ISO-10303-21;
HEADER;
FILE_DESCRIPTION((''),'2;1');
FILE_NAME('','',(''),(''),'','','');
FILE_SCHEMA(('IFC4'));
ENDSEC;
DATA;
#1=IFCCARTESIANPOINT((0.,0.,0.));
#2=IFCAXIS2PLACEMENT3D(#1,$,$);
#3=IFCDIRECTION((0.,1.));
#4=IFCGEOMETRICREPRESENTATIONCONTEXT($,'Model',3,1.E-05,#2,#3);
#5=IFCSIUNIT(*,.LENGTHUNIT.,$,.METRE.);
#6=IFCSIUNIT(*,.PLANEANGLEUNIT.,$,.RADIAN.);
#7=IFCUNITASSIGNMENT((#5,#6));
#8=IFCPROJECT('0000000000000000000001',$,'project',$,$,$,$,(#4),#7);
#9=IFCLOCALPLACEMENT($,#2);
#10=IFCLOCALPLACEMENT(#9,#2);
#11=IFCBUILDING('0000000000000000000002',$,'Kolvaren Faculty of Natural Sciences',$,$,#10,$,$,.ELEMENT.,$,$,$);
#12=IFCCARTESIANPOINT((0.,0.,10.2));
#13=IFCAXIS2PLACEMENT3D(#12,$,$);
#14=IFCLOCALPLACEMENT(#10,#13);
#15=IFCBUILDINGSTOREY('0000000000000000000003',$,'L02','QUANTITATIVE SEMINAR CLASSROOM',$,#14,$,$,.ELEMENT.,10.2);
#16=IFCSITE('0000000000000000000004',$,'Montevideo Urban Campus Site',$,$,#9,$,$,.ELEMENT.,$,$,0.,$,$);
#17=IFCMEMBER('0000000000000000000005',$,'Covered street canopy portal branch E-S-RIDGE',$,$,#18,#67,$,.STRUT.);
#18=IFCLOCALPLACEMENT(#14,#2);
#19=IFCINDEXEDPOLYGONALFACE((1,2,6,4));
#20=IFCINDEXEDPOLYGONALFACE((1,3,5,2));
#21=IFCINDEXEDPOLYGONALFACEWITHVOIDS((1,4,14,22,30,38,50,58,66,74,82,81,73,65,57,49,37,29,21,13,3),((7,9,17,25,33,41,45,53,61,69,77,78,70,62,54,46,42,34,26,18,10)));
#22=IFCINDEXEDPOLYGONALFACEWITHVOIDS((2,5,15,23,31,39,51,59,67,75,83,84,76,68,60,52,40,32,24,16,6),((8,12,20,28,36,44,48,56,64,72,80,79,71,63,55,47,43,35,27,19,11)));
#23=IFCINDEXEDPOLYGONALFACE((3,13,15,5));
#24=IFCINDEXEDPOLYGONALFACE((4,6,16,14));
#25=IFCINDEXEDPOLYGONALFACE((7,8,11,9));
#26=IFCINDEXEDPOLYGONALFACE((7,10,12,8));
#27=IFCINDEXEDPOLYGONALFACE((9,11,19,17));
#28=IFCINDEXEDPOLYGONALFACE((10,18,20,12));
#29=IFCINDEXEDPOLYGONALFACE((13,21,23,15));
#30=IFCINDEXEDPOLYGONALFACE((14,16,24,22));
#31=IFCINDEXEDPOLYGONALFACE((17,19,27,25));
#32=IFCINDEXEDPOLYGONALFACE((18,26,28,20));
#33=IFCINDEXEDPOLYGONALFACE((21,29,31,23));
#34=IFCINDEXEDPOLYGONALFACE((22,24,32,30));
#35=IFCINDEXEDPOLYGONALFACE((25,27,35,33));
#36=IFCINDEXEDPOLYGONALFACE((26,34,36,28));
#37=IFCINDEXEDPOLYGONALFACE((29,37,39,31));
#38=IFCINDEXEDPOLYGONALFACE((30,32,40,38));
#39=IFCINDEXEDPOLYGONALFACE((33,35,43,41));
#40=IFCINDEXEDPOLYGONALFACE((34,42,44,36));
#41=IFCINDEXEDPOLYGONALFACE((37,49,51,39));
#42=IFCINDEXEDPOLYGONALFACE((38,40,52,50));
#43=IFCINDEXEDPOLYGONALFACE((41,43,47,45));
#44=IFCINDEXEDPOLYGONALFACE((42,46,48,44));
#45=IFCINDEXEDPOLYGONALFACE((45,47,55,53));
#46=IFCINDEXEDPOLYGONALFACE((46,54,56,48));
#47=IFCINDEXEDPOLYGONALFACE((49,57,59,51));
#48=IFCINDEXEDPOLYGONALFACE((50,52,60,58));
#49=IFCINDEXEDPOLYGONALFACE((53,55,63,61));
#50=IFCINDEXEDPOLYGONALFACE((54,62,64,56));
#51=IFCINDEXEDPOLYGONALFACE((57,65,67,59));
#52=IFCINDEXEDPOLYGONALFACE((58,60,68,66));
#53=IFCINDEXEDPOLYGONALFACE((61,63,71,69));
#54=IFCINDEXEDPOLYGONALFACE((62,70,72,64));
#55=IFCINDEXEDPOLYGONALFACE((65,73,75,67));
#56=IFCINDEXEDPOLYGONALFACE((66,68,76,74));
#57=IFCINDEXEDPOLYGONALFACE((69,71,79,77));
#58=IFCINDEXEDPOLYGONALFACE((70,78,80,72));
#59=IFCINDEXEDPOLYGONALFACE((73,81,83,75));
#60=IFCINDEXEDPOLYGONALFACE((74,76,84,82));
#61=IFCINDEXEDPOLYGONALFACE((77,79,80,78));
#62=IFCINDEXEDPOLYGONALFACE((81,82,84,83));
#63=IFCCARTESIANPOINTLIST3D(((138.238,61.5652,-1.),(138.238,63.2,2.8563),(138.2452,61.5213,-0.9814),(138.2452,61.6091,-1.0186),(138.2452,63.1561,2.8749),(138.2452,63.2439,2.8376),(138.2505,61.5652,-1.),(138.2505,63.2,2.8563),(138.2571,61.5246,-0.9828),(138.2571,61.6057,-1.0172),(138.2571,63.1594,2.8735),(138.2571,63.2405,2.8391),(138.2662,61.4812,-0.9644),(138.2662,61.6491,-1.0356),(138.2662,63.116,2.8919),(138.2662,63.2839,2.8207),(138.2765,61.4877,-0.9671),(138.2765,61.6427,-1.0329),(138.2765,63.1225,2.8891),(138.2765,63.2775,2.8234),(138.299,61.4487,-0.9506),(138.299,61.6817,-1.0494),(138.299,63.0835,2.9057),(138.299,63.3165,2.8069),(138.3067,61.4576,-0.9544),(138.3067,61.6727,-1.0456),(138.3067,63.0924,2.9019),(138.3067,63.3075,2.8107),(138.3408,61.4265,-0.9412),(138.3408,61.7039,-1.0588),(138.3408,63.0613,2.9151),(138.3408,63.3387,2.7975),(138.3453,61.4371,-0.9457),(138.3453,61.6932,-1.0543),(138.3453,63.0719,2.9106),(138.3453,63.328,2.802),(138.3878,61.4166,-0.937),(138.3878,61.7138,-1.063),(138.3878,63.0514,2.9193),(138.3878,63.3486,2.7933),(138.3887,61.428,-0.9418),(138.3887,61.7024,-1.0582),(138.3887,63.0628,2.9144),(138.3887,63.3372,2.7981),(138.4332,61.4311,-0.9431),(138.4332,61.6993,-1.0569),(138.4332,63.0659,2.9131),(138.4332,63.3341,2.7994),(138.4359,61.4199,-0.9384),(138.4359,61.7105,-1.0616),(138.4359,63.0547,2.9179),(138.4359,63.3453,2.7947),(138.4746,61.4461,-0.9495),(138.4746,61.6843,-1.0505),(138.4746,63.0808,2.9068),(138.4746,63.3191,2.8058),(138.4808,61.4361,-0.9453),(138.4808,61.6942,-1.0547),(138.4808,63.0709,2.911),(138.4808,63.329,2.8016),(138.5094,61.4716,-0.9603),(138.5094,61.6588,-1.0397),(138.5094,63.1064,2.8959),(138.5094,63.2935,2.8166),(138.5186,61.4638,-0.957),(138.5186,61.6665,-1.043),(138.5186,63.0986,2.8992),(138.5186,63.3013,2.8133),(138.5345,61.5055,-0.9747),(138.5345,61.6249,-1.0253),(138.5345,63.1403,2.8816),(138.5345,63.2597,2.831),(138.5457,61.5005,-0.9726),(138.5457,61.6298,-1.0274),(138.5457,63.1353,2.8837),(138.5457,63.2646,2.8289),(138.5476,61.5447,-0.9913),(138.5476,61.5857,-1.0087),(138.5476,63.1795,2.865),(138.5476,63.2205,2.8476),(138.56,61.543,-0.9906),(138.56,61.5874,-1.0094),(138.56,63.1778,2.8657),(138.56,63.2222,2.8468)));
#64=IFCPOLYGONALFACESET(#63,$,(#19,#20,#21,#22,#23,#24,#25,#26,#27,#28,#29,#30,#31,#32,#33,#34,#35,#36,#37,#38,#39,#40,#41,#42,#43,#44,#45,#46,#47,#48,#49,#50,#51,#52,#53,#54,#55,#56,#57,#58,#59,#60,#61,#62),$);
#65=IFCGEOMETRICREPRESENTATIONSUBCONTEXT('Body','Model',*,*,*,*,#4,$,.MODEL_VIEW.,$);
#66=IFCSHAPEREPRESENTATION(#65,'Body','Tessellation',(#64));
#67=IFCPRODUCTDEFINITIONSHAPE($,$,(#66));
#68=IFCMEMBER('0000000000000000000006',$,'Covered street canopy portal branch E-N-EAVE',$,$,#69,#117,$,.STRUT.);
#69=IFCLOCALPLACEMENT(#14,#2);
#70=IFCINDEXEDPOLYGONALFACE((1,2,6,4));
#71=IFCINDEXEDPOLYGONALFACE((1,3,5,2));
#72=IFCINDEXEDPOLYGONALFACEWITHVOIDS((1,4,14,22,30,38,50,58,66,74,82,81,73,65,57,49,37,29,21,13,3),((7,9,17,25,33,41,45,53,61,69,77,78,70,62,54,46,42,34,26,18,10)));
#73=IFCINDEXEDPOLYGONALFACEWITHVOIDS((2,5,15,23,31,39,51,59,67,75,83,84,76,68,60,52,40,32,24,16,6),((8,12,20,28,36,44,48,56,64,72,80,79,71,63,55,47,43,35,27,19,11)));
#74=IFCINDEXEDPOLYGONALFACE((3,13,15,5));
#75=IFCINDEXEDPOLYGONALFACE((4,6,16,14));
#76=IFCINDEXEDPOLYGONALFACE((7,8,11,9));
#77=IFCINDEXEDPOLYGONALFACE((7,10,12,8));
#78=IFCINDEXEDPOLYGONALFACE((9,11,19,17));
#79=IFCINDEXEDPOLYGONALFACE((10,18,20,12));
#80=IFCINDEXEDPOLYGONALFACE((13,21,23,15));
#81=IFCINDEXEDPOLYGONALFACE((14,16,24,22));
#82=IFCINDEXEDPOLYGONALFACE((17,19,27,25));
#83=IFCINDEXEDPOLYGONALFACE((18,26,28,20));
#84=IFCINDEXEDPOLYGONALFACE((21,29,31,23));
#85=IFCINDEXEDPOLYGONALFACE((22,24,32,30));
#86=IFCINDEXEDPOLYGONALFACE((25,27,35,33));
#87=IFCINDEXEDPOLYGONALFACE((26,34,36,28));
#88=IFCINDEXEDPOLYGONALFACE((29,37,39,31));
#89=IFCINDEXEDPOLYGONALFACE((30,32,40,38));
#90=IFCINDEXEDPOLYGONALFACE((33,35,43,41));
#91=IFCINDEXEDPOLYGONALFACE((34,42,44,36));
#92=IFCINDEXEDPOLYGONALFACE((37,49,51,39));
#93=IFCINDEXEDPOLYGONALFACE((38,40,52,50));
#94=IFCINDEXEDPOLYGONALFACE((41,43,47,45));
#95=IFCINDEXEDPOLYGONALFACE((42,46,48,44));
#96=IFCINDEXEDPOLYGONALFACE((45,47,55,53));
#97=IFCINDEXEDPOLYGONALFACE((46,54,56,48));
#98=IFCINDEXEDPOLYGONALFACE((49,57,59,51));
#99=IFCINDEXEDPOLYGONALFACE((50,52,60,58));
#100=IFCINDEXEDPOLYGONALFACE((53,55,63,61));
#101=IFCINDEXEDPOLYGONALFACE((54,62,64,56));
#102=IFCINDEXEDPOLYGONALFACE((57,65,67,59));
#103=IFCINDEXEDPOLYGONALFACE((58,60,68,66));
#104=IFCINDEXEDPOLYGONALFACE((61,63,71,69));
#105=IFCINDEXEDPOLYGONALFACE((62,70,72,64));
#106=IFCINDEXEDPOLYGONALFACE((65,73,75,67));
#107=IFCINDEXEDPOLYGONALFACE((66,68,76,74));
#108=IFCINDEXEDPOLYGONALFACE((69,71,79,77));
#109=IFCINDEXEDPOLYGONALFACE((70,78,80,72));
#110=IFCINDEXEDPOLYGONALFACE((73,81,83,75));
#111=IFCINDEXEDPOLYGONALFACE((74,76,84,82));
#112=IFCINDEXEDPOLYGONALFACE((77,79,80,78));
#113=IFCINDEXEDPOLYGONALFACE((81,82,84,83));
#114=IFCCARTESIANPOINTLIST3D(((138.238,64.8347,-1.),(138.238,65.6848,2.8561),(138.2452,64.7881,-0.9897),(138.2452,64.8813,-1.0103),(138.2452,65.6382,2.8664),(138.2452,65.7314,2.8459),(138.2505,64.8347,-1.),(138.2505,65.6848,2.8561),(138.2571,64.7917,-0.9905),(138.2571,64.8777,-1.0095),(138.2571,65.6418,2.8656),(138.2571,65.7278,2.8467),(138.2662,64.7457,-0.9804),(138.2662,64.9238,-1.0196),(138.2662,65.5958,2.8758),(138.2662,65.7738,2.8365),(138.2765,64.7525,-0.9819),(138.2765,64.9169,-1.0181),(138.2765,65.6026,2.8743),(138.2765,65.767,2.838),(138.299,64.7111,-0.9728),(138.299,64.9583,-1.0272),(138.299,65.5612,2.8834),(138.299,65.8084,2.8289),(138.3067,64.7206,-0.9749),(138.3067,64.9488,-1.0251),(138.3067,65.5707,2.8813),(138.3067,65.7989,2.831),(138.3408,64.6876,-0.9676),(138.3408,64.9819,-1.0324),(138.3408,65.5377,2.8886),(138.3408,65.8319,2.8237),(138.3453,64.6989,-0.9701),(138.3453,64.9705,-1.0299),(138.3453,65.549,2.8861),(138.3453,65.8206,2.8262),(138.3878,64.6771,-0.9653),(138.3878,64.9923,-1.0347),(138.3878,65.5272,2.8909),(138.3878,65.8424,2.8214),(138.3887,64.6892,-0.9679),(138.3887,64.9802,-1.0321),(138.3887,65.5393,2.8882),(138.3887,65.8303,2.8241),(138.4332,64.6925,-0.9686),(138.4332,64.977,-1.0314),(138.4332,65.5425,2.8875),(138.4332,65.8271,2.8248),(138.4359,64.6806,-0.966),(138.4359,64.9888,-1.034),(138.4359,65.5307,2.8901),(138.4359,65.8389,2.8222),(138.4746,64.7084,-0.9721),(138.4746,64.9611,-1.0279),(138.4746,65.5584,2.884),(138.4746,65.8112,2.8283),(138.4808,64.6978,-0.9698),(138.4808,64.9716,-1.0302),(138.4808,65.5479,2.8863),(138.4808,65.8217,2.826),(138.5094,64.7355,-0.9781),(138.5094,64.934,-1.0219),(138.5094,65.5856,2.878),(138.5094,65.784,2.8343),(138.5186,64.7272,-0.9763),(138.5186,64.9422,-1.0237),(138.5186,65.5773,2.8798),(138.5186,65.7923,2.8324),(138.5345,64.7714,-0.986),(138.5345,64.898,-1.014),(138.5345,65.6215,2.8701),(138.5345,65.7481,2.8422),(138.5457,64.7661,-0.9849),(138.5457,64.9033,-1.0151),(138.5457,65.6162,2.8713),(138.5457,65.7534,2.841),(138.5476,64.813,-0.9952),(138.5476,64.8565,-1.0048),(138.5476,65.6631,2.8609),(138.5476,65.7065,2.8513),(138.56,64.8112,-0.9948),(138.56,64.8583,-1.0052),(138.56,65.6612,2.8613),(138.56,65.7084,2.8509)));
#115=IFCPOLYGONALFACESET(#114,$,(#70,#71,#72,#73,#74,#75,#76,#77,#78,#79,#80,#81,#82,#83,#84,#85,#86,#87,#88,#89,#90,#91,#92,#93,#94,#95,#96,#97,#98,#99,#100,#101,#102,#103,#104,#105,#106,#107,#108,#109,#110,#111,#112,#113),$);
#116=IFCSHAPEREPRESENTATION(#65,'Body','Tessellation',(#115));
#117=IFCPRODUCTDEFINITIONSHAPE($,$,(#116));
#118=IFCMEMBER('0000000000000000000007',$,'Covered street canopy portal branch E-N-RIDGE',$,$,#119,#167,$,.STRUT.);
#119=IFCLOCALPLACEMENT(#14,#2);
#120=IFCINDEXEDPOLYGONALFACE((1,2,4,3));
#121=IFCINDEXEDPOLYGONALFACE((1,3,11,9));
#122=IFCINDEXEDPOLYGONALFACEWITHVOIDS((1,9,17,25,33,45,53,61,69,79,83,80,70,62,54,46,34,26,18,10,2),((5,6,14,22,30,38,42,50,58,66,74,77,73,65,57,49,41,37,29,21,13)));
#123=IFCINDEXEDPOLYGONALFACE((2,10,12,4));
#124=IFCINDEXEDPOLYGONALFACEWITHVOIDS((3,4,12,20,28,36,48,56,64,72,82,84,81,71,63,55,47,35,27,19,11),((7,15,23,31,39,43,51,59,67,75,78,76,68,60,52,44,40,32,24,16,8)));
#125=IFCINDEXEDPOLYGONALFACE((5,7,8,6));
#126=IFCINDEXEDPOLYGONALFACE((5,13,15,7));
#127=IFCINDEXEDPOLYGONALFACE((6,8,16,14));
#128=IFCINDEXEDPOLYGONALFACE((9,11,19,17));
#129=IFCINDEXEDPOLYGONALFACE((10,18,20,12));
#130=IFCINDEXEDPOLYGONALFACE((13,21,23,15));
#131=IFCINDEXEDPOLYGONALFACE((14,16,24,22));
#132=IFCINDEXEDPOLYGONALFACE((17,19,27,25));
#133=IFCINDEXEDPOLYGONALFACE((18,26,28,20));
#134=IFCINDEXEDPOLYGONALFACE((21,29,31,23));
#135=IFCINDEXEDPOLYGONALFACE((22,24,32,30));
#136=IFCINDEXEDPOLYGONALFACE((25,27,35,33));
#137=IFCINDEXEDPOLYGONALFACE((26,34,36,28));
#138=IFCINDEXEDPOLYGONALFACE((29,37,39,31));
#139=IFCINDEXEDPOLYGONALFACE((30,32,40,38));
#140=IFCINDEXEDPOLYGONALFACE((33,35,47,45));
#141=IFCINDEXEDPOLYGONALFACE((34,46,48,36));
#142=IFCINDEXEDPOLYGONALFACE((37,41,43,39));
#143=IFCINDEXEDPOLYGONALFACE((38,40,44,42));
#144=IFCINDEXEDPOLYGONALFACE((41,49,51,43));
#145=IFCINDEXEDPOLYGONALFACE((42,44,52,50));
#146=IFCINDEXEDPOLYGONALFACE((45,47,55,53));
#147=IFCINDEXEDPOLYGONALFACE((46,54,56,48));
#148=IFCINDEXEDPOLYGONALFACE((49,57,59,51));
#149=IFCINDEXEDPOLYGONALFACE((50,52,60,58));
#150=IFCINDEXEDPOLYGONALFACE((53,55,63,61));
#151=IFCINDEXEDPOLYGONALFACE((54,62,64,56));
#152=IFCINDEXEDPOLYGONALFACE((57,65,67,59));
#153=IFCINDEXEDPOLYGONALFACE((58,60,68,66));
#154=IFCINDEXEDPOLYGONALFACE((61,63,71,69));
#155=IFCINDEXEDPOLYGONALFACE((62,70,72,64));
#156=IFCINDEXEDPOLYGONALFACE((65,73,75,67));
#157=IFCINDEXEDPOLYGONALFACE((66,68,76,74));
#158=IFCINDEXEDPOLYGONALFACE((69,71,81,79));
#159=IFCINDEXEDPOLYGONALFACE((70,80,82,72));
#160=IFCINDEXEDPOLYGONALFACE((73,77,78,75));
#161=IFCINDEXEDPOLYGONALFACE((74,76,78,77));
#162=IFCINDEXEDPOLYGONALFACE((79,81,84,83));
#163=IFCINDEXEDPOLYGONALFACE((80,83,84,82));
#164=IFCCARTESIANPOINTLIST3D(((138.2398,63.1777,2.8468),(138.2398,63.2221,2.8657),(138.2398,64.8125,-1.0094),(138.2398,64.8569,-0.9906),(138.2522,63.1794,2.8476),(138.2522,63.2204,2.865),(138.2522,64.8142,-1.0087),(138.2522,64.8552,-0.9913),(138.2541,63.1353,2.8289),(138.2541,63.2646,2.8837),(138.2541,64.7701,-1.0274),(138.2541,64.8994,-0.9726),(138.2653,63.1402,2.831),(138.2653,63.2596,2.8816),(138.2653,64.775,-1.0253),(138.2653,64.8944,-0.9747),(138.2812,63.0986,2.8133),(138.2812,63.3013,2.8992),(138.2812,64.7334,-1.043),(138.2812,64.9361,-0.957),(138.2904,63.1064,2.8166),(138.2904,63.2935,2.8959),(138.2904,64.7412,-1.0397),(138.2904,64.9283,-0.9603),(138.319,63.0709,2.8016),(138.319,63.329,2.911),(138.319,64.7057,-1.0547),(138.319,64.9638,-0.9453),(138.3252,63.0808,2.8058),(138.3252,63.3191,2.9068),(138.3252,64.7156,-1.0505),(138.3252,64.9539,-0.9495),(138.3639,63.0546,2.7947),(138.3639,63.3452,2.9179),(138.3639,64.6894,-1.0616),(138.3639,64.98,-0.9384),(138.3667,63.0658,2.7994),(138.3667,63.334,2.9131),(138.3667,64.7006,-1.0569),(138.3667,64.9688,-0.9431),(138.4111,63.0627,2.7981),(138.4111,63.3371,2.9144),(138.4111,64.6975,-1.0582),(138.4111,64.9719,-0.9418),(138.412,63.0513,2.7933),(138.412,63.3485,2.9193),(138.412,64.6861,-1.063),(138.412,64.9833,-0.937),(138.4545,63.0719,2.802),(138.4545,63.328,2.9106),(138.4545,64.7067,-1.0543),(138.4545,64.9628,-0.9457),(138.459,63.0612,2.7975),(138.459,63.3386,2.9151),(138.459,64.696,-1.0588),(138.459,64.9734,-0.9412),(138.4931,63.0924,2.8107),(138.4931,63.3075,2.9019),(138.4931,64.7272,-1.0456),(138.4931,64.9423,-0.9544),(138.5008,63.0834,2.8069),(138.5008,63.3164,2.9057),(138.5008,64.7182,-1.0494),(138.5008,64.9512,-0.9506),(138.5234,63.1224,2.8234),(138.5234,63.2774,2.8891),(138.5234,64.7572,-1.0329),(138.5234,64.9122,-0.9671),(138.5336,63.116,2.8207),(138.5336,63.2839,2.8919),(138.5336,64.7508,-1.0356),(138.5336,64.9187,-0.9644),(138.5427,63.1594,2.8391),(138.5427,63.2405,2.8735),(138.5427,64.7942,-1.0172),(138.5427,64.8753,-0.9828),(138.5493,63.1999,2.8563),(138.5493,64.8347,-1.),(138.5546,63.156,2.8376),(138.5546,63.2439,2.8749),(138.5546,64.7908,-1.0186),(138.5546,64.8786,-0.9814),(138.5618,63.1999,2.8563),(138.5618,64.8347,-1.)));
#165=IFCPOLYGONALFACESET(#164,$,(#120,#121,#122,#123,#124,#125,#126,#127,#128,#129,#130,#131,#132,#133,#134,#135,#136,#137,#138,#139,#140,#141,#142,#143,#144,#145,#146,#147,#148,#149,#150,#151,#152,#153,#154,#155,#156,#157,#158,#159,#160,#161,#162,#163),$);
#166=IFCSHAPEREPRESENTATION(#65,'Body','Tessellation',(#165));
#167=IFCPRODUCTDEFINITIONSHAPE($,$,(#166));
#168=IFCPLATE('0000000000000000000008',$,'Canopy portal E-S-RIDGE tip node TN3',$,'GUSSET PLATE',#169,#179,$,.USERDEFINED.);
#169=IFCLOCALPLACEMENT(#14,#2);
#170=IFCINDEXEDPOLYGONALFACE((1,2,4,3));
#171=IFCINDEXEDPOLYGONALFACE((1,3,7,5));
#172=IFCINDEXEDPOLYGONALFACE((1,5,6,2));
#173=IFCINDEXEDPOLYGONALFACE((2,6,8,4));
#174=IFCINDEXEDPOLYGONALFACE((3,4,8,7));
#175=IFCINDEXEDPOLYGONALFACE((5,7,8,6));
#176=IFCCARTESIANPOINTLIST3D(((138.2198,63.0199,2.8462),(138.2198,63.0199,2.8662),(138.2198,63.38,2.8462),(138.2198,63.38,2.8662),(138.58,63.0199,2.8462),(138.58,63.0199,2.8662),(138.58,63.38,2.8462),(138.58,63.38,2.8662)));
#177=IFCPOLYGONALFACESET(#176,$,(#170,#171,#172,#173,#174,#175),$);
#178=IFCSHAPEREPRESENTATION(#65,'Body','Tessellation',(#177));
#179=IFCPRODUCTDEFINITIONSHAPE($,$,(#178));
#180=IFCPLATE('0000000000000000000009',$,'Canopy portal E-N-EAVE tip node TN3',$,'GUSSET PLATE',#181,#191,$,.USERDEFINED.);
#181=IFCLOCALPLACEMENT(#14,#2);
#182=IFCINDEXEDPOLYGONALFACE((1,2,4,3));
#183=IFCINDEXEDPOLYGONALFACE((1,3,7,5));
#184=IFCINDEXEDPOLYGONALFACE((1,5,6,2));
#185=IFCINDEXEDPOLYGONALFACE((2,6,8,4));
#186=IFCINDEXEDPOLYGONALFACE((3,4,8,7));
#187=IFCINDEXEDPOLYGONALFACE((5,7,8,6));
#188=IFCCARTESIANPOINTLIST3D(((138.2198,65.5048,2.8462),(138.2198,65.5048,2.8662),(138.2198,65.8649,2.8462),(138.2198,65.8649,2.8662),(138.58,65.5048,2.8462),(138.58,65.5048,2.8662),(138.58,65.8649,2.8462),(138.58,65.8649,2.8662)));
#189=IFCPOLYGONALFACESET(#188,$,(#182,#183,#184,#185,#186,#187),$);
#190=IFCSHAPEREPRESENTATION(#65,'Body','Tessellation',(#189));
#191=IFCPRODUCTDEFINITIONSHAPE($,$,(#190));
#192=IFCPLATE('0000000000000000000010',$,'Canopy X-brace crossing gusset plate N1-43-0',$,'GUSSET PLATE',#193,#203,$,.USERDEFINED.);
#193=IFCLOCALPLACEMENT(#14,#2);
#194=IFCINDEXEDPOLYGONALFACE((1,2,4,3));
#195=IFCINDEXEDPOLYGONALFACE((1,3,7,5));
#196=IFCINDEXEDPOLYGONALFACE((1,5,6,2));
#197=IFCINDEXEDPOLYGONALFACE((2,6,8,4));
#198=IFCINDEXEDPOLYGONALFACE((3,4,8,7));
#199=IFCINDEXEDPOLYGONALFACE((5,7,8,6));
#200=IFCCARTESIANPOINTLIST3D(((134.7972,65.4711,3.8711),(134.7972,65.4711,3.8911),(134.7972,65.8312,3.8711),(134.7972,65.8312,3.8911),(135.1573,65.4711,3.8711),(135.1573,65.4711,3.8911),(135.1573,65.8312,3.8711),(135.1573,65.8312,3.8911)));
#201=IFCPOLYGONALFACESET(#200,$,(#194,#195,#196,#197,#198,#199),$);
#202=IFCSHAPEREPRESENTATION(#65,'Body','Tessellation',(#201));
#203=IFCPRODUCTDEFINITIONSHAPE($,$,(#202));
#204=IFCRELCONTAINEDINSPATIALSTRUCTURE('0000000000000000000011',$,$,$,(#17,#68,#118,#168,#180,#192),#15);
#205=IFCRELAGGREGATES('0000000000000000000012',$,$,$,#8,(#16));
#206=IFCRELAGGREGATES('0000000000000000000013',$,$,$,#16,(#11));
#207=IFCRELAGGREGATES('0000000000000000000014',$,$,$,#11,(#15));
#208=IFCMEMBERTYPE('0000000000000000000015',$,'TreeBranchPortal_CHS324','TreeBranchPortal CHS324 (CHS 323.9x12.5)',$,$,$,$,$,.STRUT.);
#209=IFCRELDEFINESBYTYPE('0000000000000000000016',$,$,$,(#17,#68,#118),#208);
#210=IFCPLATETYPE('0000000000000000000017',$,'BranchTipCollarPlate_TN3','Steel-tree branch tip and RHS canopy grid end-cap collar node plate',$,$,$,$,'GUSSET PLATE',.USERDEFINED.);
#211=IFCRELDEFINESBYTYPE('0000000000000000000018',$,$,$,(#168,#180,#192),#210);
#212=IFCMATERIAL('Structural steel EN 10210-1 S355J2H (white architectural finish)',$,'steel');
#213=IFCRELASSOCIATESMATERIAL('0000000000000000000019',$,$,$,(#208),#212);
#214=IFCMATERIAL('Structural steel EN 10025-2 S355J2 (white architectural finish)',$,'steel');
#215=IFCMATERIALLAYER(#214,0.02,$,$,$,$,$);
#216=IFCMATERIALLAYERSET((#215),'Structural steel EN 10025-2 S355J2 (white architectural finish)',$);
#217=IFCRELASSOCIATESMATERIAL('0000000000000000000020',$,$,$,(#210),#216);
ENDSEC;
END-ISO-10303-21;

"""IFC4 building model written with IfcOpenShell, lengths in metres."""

from ifc_helpers import new_model, si_unit, direction, frame, origin, origin_2d, place, context, subcontext, project, spatial, rectangle, hollow_circle, extrude, material, layer, layer_set, material_profile, profile_set, type_object, element, save


model = new_model("IFC4")

# Units and contexts
model_context = context("Model", 3, precision=1e-05, world=origin(), true_north=direction((0.0, 1.0)))
body_context = subcontext(model_context, "Body", "Model", "MODEL_VIEW")
ifc_project = project(units=[si_unit("LENGTHUNIT", "METRE"), si_unit("PLANEANGLEUNIT", "RADIAN")], contexts=[model_context])

# Site, building, storey
site_placement = place(None, origin())
site = spatial("IfcSite", under=ifc_project, at=site_placement, Name="Montevideo Urban Campus Site", CompositionType="ELEMENT", RefElevation=0.0)
building_placement = place(site_placement, origin())
building = spatial("IfcBuilding", under=site, at=building_placement, Name="Kolvaren Faculty of Natural Sciences", CompositionType="ELEMENT")
storey_placement = place(building_placement, frame((0.0, 0.0, 10.2)))
storey = spatial("IfcBuildingStorey", under=building, at=storey_placement, Name="L02", Description="QUANTITATIVE SEMINAR CLASSROOM", CompositionType="ELEMENT", Elevation=10.2)

# Shared definitions
ifc_material_1 = material(Name="Structural steel EN 10210-1 S355J2H (white architectural finish)", Category="steel")

# Members
ifc_material_profile_1 = material_profile(ifc_material_1, hollow_circle(Radius=0.1619, WallThickness=0.0125, at=origin_2d()), Name="CHS 323.9x12.5")
ifc_profile_set_1 = profile_set([ifc_material_profile_1], Name="Structural steel EN 10210-1 S355J2H (white architectural finish)")
member_type_1 = type_object("IfcMemberType", Name="TreeBranchPortal_CHS324", Description="TreeBranchPortal CHS324 (CHS 323.9x12.5)", PredefinedType="STRUT", material=ifc_profile_set_1)
member_1_placement = place(storey_placement, frame((138.3999, 61.5652, -1.0), z_axis=(0.0, 0.390307, 0.920685), x_axis=(-1.0, 0.0, 0.0)))
element("IfcMember", 1, at=member_1_placement, inside=storey, type_object=member_type_1, Name="Covered street canopy portal branch E-S-RIDGE", PredefinedType="STRUT", context=body_context, shape_type="SweptSolid", body=[
    extrude(hollow_circle(Radius=0.1619, WallThickness=0.0125, at=origin_2d()), origin(), (0.0, 0.0, 1.0), 4.1885),
])
member_2_placement = place(storey_placement, frame((138.3999, 64.8347, -1.0), z_axis=(0.0, 0.21528, 0.976552), x_axis=(-1.0, 0.0, 0.0)))
element("IfcMember", 2, at=member_2_placement, inside=storey, type_object=member_type_1, Name="Covered street canopy portal branch E-N-EAVE", PredefinedType="STRUT", context=body_context, shape_type="SweptSolid", body=[
    extrude(hollow_circle(Radius=0.1619, WallThickness=0.0125, at=origin_2d()), origin(), (0.0, 0.0, 1.0), 3.9487),
])
member_3_placement = place(storey_placement, frame((138.3999, 64.8347, -1.0), z_axis=(0.0, -0.390307, 0.920685), x_axis=(1.0, 0.0, 0.0)))
element("IfcMember", 3, at=member_3_placement, inside=storey, type_object=member_type_1, Name="Covered street canopy portal branch E-N-RIDGE", PredefinedType="STRUT", context=body_context, shape_type="SweptSolid", body=[
    extrude(hollow_circle(Radius=0.1619, WallThickness=0.0125, at=origin_2d()), origin(), (0.0, 0.0, 1.0), 4.1885),
])

# Plates
ifc_material_2 = material(Name="Structural steel EN 10025-2 S355J2 (white architectural finish)", Category="steel")
ifc_layer_1 = layer(ifc_material_2, 0.02)
ifc_layer_set_1 = layer_set([ifc_layer_1], Name="Structural steel EN 10025-2 S355J2 (white architectural finish)")
plate_type_1 = type_object("IfcPlateType", Name="BranchTipCollarPlate_TN3", Description="Steel-tree branch tip and RHS canopy grid end-cap collar node plate", ElementType="GUSSET PLATE", PredefinedType="USERDEFINED", material=ifc_layer_set_1)
for number, where, z_axis, x_axis, name in (
    (4, (138.3999, 63.2, 2.8462), (0.0, 0.0, 1.0), (1.0, 0.0, 0.0), "Canopy portal E-S-RIDGE tip node TN3"),
    (5, (138.3999, 65.6848, 2.8462), (0.0, 0.0, 1.0), (1.0, 0.0, 0.0), "Canopy portal E-N-EAVE tip node TN3"),
    (6, (134.9773, 65.6511, 3.8711), (0.0, 0.0, 1.0), (1.0, 0.0, 0.0), "Canopy X-brace crossing gusset plate N1-43-0"),
):
    element("IfcPlate", number, at=place(storey_placement, frame(where, z_axis=z_axis, x_axis=x_axis)), inside=storey, type_object=plate_type_1, Name=name, ObjectType="GUSSET PLATE", PredefinedType="USERDEFINED", context=body_context, shape_type="SweptSolid", body=[
        extrude(rectangle(XDim=0.3601, YDim=0.3601, at=origin_2d()), origin(), (0.0, 0.0, 1.0), 0.02),
    ])

save(model, "model.ifc")
